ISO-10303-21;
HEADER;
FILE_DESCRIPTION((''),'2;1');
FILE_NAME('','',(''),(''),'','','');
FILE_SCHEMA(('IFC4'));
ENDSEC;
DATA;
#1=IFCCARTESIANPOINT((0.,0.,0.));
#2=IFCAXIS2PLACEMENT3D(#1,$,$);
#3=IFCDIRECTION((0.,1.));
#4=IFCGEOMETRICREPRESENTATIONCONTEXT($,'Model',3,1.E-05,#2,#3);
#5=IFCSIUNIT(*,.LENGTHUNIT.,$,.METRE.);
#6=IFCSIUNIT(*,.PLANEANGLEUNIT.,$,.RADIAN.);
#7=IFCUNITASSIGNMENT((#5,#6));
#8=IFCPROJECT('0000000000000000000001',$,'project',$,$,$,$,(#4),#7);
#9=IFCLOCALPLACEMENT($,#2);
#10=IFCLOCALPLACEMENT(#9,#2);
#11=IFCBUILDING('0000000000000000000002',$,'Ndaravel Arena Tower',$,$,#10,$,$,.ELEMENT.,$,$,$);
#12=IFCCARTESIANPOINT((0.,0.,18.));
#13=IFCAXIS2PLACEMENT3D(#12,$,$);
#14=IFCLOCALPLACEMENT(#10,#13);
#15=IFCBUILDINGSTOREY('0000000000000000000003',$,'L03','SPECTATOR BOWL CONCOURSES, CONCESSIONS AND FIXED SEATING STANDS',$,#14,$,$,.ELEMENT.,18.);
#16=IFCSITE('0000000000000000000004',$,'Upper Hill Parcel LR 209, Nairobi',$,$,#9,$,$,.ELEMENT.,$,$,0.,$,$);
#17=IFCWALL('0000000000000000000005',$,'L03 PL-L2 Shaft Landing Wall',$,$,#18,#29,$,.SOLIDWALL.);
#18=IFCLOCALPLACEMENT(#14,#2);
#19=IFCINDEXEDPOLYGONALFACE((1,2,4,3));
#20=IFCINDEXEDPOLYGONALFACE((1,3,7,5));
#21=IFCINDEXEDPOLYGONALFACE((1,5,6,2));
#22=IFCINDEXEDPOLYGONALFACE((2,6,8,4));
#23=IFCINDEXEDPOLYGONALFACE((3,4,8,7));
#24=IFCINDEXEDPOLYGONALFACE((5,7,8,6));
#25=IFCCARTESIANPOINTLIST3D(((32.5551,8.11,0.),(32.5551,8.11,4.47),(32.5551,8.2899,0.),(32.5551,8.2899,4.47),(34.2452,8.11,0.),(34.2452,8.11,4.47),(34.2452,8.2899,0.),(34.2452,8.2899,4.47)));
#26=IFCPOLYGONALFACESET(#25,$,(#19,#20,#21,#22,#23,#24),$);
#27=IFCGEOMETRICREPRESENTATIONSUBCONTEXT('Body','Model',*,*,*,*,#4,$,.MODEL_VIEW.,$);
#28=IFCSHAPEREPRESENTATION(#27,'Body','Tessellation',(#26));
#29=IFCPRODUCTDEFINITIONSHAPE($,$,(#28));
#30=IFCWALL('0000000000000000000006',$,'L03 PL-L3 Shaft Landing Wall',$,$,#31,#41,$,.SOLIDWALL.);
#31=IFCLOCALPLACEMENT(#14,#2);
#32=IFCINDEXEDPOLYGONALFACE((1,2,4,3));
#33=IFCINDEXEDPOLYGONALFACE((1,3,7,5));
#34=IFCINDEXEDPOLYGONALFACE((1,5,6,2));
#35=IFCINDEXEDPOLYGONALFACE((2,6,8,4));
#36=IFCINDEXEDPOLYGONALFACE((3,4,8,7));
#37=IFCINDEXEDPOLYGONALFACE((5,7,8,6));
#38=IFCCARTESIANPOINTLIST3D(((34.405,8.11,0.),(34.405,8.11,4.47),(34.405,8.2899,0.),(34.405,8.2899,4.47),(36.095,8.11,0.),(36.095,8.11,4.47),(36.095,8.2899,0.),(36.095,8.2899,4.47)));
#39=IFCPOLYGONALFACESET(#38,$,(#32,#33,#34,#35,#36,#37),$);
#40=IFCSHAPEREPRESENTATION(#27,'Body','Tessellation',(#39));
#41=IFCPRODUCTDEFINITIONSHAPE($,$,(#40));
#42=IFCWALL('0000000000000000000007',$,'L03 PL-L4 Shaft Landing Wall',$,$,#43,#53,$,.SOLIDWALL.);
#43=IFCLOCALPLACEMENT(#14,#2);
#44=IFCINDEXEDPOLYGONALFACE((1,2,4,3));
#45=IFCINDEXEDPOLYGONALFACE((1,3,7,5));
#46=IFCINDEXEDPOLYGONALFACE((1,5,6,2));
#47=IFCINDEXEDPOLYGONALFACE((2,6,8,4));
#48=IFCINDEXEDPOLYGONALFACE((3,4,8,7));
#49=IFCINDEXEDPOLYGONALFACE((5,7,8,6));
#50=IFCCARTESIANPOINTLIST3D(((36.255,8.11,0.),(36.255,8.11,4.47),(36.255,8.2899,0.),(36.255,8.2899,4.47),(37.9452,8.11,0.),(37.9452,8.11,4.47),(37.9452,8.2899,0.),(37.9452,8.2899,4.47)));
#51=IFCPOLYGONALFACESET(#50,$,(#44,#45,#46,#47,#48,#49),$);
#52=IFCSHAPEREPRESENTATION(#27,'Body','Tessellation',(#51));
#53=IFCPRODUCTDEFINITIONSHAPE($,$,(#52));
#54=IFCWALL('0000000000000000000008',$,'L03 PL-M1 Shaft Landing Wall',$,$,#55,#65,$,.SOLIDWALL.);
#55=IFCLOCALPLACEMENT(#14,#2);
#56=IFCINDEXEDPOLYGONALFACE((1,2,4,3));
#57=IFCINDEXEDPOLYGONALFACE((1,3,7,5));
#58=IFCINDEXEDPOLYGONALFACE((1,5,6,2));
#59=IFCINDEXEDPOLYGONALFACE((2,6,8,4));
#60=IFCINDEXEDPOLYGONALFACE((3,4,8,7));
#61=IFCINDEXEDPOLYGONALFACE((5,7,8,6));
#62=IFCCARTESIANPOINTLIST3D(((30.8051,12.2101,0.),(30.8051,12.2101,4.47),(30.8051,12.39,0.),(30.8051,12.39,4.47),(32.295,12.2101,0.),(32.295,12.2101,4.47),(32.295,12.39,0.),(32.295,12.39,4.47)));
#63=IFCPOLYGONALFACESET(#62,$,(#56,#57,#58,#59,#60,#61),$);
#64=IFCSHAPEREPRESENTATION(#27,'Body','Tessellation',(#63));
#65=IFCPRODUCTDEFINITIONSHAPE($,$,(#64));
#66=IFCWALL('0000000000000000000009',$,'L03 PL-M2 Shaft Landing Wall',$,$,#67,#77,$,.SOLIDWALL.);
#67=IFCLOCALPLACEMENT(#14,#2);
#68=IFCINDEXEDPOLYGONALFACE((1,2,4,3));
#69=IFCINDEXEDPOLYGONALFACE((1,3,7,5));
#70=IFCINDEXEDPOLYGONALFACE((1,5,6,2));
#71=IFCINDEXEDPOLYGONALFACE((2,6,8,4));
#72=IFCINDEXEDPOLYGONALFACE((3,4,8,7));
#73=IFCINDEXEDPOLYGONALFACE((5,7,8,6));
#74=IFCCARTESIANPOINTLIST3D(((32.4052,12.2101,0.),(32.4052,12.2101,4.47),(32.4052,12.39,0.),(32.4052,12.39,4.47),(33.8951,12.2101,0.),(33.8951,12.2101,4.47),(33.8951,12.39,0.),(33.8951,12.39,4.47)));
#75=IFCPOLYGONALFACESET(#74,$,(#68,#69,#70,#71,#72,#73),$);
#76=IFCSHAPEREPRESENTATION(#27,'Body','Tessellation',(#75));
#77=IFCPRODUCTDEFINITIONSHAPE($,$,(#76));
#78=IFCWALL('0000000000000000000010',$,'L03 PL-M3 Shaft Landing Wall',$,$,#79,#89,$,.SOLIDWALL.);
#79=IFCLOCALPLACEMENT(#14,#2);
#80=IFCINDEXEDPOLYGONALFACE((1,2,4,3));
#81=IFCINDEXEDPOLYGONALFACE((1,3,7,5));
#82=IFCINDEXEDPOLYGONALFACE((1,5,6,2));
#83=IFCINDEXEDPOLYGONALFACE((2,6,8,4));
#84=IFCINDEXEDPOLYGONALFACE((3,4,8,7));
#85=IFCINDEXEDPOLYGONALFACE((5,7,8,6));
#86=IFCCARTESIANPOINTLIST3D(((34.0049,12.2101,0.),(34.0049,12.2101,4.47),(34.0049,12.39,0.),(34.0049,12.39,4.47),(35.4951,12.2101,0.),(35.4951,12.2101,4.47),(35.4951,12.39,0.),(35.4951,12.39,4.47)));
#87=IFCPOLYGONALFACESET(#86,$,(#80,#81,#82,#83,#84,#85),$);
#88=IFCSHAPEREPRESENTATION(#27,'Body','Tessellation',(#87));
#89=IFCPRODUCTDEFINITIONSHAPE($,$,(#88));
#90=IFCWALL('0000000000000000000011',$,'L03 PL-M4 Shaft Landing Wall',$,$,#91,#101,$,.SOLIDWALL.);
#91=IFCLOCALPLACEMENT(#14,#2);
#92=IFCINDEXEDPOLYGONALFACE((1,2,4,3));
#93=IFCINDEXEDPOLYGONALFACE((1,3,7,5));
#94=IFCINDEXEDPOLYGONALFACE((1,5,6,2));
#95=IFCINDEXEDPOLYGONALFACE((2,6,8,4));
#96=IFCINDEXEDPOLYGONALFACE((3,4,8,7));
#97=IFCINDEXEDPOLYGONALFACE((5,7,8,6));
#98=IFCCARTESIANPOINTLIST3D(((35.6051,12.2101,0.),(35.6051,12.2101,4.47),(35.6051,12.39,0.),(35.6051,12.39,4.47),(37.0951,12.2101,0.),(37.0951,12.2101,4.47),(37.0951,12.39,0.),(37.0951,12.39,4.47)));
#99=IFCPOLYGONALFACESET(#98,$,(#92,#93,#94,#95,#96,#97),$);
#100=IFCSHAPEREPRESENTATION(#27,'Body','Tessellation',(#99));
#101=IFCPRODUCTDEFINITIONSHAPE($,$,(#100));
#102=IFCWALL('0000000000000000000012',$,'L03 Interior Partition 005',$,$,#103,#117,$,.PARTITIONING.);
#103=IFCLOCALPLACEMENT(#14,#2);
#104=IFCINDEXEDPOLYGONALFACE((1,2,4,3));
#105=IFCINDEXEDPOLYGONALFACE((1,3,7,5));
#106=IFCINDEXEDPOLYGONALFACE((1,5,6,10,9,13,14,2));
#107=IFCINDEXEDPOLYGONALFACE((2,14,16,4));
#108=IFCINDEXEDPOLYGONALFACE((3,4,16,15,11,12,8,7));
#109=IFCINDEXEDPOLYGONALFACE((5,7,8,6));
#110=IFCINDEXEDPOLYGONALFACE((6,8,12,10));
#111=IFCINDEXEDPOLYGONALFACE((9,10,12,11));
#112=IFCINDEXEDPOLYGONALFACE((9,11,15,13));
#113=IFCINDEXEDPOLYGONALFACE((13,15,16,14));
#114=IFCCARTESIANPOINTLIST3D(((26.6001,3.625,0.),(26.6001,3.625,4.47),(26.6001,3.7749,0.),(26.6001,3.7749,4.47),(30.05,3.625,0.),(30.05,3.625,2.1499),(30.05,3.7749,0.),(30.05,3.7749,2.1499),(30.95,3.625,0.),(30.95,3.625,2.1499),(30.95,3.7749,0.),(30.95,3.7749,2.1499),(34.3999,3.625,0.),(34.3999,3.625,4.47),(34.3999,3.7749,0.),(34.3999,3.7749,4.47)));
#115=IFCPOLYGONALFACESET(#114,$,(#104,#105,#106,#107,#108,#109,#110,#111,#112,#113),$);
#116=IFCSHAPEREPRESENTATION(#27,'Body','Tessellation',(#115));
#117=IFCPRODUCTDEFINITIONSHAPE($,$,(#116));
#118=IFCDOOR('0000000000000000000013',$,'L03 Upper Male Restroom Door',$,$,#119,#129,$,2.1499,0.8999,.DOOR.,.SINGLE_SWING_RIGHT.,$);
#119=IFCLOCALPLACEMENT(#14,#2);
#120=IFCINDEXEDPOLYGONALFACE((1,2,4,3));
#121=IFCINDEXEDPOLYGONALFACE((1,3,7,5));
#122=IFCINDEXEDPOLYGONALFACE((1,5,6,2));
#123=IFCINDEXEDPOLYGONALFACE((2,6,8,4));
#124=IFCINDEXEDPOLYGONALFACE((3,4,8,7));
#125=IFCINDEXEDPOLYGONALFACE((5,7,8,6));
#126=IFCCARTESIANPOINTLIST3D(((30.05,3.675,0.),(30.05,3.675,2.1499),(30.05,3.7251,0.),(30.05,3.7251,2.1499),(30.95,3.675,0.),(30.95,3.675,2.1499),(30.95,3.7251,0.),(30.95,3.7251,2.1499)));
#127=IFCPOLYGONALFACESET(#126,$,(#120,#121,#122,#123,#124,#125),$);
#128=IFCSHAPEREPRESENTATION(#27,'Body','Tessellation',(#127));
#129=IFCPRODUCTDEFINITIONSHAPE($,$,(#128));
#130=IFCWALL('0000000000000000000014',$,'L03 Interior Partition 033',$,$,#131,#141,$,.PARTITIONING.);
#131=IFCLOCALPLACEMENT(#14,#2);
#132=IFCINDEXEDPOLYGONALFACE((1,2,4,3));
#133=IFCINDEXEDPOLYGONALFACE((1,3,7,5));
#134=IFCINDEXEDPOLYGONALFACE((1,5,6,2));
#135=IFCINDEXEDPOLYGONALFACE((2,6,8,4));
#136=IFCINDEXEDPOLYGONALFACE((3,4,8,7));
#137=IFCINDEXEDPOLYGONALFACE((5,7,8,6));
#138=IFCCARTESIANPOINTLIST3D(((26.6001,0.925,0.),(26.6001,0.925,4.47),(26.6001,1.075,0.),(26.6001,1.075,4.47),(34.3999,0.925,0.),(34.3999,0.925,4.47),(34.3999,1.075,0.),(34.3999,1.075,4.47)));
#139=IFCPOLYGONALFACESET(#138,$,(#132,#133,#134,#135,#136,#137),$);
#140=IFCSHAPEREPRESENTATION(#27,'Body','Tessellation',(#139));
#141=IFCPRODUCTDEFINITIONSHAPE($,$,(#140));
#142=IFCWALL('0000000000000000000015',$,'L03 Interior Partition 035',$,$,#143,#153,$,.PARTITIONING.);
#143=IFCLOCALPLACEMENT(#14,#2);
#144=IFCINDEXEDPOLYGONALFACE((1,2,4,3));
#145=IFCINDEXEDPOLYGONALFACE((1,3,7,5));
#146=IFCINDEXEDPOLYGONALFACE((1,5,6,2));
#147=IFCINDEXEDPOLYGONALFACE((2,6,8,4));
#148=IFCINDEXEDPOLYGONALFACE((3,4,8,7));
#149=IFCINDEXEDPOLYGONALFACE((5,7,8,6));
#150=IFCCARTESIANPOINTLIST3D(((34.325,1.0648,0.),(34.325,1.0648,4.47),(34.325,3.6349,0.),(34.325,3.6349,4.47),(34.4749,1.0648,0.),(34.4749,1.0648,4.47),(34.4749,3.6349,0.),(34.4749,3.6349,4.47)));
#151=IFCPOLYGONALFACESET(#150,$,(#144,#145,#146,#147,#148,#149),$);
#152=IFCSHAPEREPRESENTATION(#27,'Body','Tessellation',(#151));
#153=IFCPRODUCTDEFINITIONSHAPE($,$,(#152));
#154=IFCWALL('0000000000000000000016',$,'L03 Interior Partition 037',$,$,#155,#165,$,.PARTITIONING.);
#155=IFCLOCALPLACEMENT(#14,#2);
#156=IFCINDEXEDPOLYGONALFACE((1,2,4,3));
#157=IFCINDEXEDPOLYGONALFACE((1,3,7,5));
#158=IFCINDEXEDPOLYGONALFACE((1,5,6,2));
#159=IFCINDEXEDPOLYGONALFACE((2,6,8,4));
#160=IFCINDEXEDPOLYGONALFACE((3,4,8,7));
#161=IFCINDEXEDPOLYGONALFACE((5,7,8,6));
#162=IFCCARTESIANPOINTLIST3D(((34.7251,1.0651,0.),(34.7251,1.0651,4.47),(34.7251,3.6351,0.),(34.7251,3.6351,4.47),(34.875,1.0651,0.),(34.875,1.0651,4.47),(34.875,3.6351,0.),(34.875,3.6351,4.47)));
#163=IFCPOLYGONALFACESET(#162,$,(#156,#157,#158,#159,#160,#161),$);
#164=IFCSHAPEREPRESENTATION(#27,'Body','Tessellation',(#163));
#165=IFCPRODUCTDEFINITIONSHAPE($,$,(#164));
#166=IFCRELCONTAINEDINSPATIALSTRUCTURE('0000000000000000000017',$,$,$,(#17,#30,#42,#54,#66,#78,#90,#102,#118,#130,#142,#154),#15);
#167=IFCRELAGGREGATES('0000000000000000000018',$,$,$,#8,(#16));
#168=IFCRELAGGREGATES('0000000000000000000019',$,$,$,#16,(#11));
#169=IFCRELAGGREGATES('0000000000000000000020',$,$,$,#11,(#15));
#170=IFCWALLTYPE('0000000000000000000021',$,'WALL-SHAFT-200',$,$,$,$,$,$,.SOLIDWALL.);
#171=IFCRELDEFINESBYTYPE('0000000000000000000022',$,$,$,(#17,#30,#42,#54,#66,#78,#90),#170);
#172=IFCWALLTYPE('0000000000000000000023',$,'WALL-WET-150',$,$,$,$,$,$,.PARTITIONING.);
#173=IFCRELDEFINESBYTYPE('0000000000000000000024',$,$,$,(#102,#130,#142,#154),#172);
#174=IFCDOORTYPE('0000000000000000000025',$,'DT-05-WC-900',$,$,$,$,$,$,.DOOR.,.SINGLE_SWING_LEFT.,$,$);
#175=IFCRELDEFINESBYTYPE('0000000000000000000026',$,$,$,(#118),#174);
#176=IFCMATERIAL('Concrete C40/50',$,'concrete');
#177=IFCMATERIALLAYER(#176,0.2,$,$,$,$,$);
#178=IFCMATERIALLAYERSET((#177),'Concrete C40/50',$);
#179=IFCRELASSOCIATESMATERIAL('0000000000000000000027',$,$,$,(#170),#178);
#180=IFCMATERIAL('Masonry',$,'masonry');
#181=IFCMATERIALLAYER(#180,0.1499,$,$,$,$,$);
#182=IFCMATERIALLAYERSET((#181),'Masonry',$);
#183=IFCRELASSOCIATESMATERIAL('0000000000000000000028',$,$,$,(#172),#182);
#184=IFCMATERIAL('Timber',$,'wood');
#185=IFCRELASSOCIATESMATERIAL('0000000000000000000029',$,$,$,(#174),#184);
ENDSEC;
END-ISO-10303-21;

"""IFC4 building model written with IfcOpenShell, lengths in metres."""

from ifc_helpers import new_model, si_unit, direction, frame, frame_2d, origin, place, context, subcontext, project, spatial, rectangle, extrude, material, layer, layer_set, type_object, element, fill, save


model = new_model("IFC4")

# Units and contexts
model_context = context("Model", 3, precision=1e-05, world=origin(), true_north=direction((0.0, 1.0)))
body_context = subcontext(model_context, "Body", "Model", "MODEL_VIEW")
ifc_project = project(units=[si_unit("LENGTHUNIT", "METRE"), si_unit("PLANEANGLEUNIT", "RADIAN")], contexts=[model_context])

# Site, building, storey
site_placement = place(None, origin())
site = spatial("IfcSite", under=ifc_project, at=site_placement, Name="Upper Hill Parcel LR 209, Nairobi", CompositionType="ELEMENT", RefElevation=0.0)
building_placement = place(site_placement, origin())
building = spatial("IfcBuilding", under=site, at=building_placement, Name="Ndaravel Arena Tower", CompositionType="ELEMENT")
storey_placement = place(building_placement, frame((0.0, 0.0, 18.0)))
storey = spatial("IfcBuildingStorey", under=building, at=storey_placement, Name="L03", Description="SPECTATOR BOWL CONCOURSES, CONCESSIONS AND FIXED SEATING STANDS", CompositionType="ELEMENT", Elevation=18.0)

# Walls
ifc_material_1 = material(Name="Concrete C40/50", Category="concrete")
ifc_layer_1 = layer(ifc_material_1, 0.2)
ifc_layer_set_1 = layer_set([ifc_layer_1], Name="Concrete C40/50")
wall_type_1 = type_object("IfcWallType", Name="WALL-SHAFT-200", PredefinedType="SOLIDWALL", material=ifc_layer_set_1)
wall_1_placement = place(storey_placement, frame((32.5549, 8.2, 0.0), z_axis=(0.0, 0.0, 1.0), x_axis=(1.0, 0.0, 0.0)))
element("IfcWall", 1, at=wall_1_placement, inside=storey, type_object=wall_type_1, Name="L03 PL-L2 Shaft Landing Wall", PredefinedType="SOLIDWALL", context=body_context, shape_type="SweptSolid", body=[
    extrude(rectangle(XDim=1.6902, YDim=0.1799, at=frame_2d((0.8452, 0.0))), origin(), (0.0, 0.0, 1.0), 4.47),
])
wall_2_placement = place(storey_placement, frame((34.405, 8.2, 0.0), z_axis=(0.0, 0.0, 1.0), x_axis=(1.0, 0.0, 0.0)))
element("IfcWall", 2, at=wall_2_placement, inside=storey, type_object=wall_type_1, Name="L03 PL-L3 Shaft Landing Wall", PredefinedType="SOLIDWALL", context=body_context, shape_type="SweptSolid", body=[
    extrude(rectangle(XDim=1.6899, YDim=0.1799, at=frame_2d((0.845, 0.0))), origin(), (0.0, 0.0, 1.0), 4.47),
])
wall_3_placement = place(storey_placement, frame((36.2549, 8.2, 0.0), z_axis=(0.0, 0.0, 1.0), x_axis=(1.0, 0.0, 0.0)))
element("IfcWall", 3, at=wall_3_placement, inside=storey, type_object=wall_type_1, Name="L03 PL-L4 Shaft Landing Wall", PredefinedType="SOLIDWALL", context=body_context, shape_type="SweptSolid", body=[
    extrude(rectangle(XDim=1.6902, YDim=0.1799, at=frame_2d((0.8452, 0.0))), origin(), (0.0, 0.0, 1.0), 4.47),
])
for number, where, z_axis, x_axis, name in (
    (4, (30.8049, 12.3, 0.0), (0.0, 0.0, 1.0), (1.0, 0.0, 0.0), "L03 PL-M1 Shaft Landing Wall"),
    (5, (32.405, 12.3, 0.0), (0.0, 0.0, 1.0), (1.0, 0.0, 0.0), "L03 PL-M2 Shaft Landing Wall"),
):
    element("IfcWall", number, at=place(storey_placement, frame(where, z_axis=z_axis, x_axis=x_axis)), inside=storey, type_object=wall_type_1, Name=name, PredefinedType="SOLIDWALL", context=body_context, shape_type="SweptSolid", body=[
        extrude(rectangle(XDim=1.49, YDim=0.1799, at=frame_2d((0.7451, 0.0))), origin(), (0.0, 0.0, 1.0), 4.47),
    ])
wall_4_placement = place(storey_placement, frame((34.0049, 12.3, 0.0), z_axis=(0.0, 0.0, 1.0), x_axis=(1.0, 0.0, 0.0)))
element("IfcWall", 6, at=wall_4_placement, inside=storey, type_object=wall_type_1, Name="L03 PL-M3 Shaft Landing Wall", PredefinedType="SOLIDWALL", context=body_context, shape_type="SweptSolid", body=[
    extrude(rectangle(XDim=1.4902, YDim=0.1799, at=frame_2d((0.7451, 0.0))), origin(), (0.0, 0.0, 1.0), 4.47),
])
wall_5_placement = place(storey_placement, frame((35.605, 12.3, 0.0), z_axis=(0.0, 0.0, 1.0), x_axis=(1.0, 0.0, 0.0)))
element("IfcWall", 7, at=wall_5_placement, inside=storey, type_object=wall_type_1, Name="L03 PL-M4 Shaft Landing Wall", PredefinedType="SOLIDWALL", context=body_context, shape_type="SweptSolid", body=[
    extrude(rectangle(XDim=1.49, YDim=0.1799, at=frame_2d((0.7451, 0.0))), origin(), (0.0, 0.0, 1.0), 4.47),
])

# Wall, opening, door
ifc_material_2 = material(Name="Masonry", Category="masonry")
ifc_layer_2 = layer(ifc_material_2, 0.1499)
ifc_layer_set_2 = layer_set([ifc_layer_2], Name="Masonry")
wall_type_2 = type_object("IfcWallType", Name="WALL-WET-150", PredefinedType="PARTITIONING", material=ifc_layer_set_2)
wall_6_placement = place(storey_placement, frame((34.3999, 3.7, 0.0), z_axis=(0.0, 0.0, 1.0), x_axis=(-1.0, 0.0, 0.0)))
wall_6 = element("IfcWall", 8, at=wall_6_placement, inside=storey, type_object=wall_type_2, Name="L03 Interior Partition 005", PredefinedType="PARTITIONING", context=body_context, shape_type="SweptSolid", body=[
    extrude(rectangle(XDim=7.7998, YDim=0.1499, at=frame_2d((3.8999, 0.0))), origin(), (0.0, 0.0, 1.0), 4.47),
])
opening_placement = place(wall_6_placement, frame((3.45, 0.0, 0.0)))
opening = element("IfcOpeningElement", 9, at=opening_placement, cuts=wall_6, PredefinedType="OPENING", context=body_context, shape_type="SweptSolid", body=[
    extrude(rectangle(XDim=0.8999, YDim=2.1499, at=frame_2d((0.45, 1.075))), frame((0.0, 0.075, 0.0), z_axis=(0.0, -1.0, 0.0), x_axis=(1.0, 0.0, 0.0)), (0.0, 0.0, 1.0), 0.1499),
])
ifc_material_3 = material(Name="Timber", Category="wood")
door_type = type_object("IfcDoorType", Name="DT-05-WC-900", OperationType="SINGLE_SWING_LEFT", PredefinedType="DOOR", material=ifc_material_3)
door_placement = place(opening_placement, origin())
door = element("IfcDoor", 10, at=door_placement, inside=storey, type_object=door_type, Name="L03 Upper Male Restroom Door", OperationType="SINGLE_SWING_RIGHT", OverallHeight=2.1499, OverallWidth=0.8999, PredefinedType="DOOR", context=body_context, shape_type="SweptSolid", body=[
    extrude(rectangle(XDim=0.8999, YDim=2.1499, at=frame_2d((0.45, 1.075))), frame((0.0, 0.0249, 0.0), z_axis=(0.0, -1.0, 0.0), x_axis=(1.0, 0.0, 0.0)), (0.0, 0.0, 1.0), 0.05),
])
fill(opening, door)

# Walls
wall_7_placement = place(storey_placement, frame((34.3999, 1.0, 0.0), z_axis=(0.0, 0.0, 1.0), x_axis=(-1.0, 0.0, 0.0)))
element("IfcWall", 11, at=wall_7_placement, inside=storey, type_object=wall_type_2, Name="L03 Interior Partition 033", PredefinedType="PARTITIONING", context=body_context, shape_type="SweptSolid", body=[
    extrude(rectangle(XDim=7.7998, YDim=0.1499, at=frame_2d((3.8999, 0.0))), origin(), (0.0, 0.0, 1.0), 4.47),
])
for number, where, z_axis, x_axis, name in (
    (12, (34.3999, 3.635, 0.0), (0.0, 0.0, 1.0), (0.0, -1.0, 0.0), "L03 Interior Partition 035"),
    (13, (34.8, 1.0649, 0.0), (0.0, 0.0, 1.0), (0.0, 1.0, 0.0), "L03 Interior Partition 037"),
):
    element("IfcWall", number, at=place(storey_placement, frame(where, z_axis=z_axis, x_axis=x_axis)), inside=storey, type_object=wall_type_2, Name=name, PredefinedType="PARTITIONING", context=body_context, shape_type="SweptSolid", body=[
        extrude(rectangle(XDim=2.5701, YDim=0.1499, at=frame_2d((1.2852, 0.0))), origin(), (0.0, 0.0, 1.0), 4.47),
    ])

save(model, "model.ifc")
